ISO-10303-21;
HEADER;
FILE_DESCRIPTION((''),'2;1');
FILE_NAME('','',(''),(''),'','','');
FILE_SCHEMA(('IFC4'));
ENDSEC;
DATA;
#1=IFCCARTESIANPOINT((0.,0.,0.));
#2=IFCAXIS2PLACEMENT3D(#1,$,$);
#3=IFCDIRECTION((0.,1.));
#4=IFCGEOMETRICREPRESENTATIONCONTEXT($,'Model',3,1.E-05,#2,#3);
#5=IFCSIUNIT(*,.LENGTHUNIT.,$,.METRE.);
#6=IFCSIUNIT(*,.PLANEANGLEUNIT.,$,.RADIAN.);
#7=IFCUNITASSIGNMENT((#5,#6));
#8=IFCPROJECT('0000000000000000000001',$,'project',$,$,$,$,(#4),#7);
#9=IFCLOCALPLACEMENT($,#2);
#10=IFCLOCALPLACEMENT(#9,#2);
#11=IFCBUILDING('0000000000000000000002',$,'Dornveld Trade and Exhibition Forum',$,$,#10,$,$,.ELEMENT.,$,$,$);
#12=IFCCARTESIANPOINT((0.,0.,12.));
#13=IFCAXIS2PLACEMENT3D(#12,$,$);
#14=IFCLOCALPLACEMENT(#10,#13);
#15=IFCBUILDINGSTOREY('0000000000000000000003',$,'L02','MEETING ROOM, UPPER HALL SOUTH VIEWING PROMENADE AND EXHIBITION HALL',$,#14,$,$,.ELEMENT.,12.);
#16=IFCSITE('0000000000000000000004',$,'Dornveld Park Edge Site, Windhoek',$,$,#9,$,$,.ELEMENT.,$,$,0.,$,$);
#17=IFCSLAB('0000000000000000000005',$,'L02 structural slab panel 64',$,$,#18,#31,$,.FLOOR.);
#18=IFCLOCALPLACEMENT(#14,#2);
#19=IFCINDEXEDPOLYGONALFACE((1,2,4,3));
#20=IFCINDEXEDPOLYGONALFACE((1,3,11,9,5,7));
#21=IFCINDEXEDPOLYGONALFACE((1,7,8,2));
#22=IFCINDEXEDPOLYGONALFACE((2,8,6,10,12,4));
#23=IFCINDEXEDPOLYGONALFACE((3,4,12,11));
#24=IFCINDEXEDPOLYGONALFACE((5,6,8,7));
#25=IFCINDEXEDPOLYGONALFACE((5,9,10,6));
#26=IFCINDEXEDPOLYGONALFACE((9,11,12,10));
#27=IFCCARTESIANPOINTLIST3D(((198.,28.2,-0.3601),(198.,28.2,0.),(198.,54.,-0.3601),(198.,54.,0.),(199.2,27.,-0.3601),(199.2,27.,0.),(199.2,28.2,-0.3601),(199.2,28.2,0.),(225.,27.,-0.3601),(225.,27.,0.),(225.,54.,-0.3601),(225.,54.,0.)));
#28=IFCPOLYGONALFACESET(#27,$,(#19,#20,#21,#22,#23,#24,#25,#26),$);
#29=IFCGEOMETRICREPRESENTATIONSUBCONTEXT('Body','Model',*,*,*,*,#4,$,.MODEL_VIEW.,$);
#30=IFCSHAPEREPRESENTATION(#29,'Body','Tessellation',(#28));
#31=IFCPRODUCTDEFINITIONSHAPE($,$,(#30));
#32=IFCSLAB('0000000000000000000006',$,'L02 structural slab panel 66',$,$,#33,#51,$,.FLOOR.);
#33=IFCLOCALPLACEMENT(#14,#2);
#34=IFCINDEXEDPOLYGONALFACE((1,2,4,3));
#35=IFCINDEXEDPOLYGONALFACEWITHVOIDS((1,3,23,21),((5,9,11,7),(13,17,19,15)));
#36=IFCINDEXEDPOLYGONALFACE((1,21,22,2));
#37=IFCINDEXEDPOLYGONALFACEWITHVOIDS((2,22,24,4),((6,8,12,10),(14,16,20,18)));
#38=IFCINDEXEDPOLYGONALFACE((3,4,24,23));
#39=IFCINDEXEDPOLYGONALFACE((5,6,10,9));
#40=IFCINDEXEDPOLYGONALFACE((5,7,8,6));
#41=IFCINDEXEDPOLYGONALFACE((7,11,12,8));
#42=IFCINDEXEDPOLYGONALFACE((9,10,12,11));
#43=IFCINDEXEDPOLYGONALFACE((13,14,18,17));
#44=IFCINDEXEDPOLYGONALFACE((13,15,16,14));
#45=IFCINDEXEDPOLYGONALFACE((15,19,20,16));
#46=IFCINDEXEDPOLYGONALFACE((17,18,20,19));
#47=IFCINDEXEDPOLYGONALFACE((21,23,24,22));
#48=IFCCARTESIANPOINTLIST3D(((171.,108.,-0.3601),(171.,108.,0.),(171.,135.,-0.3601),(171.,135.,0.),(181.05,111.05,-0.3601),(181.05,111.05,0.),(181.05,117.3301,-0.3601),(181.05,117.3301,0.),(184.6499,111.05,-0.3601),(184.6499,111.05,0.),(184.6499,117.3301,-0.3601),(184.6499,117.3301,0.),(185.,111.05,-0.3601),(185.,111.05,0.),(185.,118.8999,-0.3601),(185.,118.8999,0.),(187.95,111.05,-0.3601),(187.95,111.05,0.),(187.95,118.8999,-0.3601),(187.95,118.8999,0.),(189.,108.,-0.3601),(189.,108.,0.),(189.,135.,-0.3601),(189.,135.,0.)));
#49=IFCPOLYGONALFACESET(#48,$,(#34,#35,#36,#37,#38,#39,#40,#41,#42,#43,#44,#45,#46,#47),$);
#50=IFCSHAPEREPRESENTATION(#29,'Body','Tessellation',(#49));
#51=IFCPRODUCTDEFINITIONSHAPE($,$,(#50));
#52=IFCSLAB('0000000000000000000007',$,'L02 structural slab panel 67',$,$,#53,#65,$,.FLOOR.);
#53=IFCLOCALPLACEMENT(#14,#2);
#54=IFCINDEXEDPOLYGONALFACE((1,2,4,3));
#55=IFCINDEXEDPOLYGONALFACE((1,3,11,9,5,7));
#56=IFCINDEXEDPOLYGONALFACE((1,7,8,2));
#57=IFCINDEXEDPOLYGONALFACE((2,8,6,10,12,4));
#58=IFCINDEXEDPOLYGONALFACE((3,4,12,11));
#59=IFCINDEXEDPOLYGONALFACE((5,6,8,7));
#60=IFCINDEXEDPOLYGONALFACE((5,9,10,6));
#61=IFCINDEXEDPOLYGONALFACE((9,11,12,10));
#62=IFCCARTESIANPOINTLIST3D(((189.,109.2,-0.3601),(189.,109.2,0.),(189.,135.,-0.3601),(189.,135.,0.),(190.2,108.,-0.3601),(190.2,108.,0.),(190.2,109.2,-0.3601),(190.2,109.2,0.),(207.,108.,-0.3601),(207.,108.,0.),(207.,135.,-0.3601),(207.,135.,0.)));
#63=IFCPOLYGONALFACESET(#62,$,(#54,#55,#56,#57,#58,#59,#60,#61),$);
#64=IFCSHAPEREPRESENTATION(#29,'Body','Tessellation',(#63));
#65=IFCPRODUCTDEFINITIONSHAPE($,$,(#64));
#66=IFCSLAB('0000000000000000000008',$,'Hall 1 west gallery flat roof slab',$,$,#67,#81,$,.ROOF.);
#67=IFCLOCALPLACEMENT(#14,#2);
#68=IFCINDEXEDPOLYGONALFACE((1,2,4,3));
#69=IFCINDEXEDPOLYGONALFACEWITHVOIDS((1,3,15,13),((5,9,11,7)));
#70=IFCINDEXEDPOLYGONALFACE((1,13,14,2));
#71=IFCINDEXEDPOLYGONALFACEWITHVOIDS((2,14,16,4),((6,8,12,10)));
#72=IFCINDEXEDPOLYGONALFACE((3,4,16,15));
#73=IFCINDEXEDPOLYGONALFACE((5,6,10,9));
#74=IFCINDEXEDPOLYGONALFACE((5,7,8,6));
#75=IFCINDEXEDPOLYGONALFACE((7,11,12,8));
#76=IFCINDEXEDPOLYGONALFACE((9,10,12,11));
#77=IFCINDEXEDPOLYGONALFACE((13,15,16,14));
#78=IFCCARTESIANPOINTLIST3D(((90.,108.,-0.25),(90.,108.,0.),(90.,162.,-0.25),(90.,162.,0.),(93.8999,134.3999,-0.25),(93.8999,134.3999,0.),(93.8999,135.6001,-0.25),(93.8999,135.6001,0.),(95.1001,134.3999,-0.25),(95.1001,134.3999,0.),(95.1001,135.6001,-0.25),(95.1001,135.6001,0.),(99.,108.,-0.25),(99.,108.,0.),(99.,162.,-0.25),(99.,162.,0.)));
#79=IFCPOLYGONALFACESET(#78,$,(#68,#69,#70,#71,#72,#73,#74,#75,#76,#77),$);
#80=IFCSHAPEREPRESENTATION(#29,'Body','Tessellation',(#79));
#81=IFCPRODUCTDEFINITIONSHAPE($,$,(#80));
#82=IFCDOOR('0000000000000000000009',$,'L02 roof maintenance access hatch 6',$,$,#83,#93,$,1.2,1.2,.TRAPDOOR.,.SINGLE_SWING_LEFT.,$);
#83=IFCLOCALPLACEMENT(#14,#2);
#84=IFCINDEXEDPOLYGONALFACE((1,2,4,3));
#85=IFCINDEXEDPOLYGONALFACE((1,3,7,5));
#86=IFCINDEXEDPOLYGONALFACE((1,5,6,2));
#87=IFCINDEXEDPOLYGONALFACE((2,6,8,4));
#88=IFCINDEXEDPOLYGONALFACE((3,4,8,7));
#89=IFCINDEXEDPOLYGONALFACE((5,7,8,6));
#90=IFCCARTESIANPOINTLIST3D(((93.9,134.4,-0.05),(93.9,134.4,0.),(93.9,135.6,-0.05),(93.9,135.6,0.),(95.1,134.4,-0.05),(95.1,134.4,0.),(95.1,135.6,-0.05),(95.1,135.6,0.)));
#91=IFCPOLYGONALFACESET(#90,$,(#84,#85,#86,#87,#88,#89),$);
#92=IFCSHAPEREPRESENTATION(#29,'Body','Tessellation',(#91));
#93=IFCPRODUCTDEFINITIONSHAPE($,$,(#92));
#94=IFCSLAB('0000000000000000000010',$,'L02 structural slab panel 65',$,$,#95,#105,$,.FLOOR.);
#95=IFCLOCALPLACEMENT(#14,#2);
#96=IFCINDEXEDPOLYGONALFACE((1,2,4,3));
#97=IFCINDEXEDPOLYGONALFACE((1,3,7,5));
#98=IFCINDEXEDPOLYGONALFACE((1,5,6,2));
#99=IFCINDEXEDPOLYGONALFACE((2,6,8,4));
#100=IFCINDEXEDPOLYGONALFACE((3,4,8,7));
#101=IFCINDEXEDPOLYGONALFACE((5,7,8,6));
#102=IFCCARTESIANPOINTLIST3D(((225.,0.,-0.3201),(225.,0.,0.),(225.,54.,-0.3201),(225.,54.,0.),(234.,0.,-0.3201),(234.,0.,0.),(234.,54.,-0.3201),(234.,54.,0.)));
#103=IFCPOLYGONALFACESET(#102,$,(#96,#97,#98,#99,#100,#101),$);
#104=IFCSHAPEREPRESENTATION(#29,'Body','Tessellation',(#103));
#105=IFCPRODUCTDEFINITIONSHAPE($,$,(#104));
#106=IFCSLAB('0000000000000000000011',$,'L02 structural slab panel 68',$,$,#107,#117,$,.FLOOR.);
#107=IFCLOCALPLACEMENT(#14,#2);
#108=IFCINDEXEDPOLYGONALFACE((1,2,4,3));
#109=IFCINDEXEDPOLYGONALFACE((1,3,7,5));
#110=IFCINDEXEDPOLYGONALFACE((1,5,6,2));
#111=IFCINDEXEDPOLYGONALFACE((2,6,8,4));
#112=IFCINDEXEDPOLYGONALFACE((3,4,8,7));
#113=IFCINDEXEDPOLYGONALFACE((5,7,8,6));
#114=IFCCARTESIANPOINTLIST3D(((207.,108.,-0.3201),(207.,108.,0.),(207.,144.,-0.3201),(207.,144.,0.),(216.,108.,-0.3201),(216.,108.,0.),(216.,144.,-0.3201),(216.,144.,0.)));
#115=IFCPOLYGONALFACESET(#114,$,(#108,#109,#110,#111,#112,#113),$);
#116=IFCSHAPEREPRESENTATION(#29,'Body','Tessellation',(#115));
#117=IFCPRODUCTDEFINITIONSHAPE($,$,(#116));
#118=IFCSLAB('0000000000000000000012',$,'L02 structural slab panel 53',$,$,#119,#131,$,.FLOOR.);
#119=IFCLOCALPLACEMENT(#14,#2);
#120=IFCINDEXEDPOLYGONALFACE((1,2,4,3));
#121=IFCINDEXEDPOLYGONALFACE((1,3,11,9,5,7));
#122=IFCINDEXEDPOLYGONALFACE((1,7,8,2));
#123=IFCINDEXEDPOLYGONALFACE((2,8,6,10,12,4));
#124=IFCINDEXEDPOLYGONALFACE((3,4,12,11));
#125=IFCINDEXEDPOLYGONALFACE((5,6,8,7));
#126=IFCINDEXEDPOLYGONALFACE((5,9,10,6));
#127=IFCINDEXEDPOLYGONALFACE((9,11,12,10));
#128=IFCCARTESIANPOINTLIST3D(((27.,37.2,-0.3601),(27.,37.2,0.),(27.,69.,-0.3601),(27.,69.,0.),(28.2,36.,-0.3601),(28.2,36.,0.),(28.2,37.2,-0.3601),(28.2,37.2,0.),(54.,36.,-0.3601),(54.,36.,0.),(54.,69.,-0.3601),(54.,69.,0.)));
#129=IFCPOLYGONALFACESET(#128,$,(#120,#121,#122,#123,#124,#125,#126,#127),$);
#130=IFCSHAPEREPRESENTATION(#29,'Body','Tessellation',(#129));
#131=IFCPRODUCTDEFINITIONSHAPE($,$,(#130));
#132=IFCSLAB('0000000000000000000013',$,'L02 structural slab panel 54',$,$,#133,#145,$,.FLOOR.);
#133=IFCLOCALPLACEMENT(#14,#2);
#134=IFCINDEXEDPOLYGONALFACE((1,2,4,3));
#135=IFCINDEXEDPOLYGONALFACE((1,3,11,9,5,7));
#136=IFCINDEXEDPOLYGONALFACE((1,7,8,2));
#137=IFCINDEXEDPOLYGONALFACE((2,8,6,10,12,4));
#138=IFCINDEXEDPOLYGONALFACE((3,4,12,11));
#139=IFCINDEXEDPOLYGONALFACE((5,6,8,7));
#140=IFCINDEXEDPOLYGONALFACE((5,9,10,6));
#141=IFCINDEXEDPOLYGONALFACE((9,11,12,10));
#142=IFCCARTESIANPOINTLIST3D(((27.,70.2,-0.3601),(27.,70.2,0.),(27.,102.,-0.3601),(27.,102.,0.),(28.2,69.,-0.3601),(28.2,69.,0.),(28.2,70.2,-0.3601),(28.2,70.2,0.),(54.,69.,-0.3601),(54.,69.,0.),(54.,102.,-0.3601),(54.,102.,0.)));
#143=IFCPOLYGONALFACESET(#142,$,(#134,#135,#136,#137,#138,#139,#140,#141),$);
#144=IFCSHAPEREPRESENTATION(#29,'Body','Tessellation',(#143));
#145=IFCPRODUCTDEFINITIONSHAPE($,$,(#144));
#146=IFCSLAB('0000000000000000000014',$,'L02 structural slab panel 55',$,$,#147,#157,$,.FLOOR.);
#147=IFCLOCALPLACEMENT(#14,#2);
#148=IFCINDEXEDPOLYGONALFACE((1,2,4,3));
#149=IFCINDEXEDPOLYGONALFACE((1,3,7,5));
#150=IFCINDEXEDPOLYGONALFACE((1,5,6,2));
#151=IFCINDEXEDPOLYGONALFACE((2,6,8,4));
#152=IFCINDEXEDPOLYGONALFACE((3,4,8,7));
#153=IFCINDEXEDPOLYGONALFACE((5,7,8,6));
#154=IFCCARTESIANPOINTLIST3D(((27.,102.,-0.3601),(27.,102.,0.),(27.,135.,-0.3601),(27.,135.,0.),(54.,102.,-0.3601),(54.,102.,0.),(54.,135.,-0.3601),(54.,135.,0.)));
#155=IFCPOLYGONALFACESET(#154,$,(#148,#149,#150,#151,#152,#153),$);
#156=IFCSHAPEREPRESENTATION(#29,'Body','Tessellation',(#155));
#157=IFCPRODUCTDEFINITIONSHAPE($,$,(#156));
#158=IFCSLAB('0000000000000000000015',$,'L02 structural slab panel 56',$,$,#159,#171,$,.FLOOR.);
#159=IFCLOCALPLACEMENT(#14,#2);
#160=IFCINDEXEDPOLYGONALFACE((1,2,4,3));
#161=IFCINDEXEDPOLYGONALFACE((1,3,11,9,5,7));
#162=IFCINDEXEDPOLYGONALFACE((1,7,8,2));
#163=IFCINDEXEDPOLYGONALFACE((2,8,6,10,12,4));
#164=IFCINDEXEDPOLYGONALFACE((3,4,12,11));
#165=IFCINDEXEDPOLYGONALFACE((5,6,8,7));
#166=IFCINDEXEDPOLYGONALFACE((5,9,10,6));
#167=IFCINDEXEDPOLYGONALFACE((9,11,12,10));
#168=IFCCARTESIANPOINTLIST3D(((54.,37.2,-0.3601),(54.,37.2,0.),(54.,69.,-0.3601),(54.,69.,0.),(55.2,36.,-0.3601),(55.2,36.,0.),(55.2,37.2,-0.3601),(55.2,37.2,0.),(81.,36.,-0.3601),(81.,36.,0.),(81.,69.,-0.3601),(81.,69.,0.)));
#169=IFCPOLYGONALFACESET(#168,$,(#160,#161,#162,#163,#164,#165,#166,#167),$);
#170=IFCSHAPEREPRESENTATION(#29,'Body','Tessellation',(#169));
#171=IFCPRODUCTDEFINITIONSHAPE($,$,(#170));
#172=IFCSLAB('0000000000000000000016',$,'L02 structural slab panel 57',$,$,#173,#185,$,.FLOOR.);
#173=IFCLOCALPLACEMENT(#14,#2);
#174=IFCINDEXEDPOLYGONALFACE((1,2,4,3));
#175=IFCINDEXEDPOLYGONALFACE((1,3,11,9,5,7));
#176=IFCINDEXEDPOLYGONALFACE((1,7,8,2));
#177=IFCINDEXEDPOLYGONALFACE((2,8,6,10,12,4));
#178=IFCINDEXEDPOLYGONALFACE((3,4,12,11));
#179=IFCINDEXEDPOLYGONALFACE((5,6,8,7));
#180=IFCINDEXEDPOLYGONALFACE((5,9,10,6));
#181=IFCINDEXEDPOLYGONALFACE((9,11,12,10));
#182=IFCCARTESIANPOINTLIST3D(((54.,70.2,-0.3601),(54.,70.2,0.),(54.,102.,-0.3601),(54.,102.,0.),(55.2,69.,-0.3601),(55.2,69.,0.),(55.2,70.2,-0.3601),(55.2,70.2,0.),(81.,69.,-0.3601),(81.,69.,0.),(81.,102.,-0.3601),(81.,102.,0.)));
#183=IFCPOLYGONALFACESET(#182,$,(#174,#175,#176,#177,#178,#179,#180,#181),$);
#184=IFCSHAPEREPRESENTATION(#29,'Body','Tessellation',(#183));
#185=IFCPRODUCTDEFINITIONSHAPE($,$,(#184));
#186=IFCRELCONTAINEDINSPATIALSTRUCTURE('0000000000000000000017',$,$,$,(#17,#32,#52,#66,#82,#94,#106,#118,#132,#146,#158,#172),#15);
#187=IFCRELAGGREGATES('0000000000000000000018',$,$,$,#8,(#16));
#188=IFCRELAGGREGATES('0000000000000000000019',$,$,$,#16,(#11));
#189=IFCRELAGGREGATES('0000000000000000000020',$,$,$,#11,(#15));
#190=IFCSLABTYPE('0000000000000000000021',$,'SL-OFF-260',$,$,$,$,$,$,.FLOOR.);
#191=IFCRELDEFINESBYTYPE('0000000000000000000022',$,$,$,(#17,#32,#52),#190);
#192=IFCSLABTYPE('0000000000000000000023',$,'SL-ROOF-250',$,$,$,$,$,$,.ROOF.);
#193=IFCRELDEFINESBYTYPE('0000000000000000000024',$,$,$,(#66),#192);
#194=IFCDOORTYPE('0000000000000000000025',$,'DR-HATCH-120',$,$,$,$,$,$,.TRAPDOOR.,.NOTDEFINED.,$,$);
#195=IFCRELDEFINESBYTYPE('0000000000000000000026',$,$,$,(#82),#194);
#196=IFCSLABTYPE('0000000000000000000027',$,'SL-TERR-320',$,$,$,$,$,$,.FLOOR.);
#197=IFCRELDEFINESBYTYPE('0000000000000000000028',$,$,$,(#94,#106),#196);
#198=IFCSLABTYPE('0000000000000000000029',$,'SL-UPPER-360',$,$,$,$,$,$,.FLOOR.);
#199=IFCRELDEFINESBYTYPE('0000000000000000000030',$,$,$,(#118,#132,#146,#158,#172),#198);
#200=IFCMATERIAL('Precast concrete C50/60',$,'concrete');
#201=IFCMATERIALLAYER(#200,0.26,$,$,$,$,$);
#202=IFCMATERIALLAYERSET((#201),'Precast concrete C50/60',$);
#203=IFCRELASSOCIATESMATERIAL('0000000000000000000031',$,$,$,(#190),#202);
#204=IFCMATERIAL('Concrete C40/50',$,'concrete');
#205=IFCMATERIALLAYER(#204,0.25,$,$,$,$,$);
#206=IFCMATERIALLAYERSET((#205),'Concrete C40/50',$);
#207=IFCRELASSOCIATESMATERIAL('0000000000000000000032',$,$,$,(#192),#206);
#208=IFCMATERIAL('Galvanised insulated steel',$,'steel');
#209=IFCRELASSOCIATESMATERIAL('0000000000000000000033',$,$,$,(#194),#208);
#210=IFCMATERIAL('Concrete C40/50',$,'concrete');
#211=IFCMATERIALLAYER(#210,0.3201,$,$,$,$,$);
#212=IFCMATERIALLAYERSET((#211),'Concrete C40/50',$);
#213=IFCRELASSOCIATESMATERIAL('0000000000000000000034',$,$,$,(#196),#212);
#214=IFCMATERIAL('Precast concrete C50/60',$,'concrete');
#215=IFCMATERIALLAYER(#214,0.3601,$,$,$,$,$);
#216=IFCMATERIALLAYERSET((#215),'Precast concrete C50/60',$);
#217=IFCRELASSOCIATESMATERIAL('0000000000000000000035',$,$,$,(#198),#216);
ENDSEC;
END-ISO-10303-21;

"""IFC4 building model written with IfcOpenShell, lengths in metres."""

from ifc_helpers import new_model, si_unit, direction, frame, origin, origin_2d, place, context, subcontext, project, spatial, polyline, rectangle, outline, extrude, material, layer, layer_set, type_object, element, fill, save


model = new_model("IFC4")

# Units and contexts
model_context = context("Model", 3, precision=1e-05, world=origin(), true_north=direction((0.0, 1.0)))
body_context = subcontext(model_context, "Body", "Model", "MODEL_VIEW")
ifc_project = project(units=[si_unit("LENGTHUNIT", "METRE"), si_unit("PLANEANGLEUNIT", "RADIAN")], contexts=[model_context])

# Site, building, storey
site_placement = place(None, origin())
site = spatial("IfcSite", under=ifc_project, at=site_placement, Name="Dornveld Park Edge Site, Windhoek", CompositionType="ELEMENT", RefElevation=0.0)
building_placement = place(site_placement, origin())
building = spatial("IfcBuilding", under=site, at=building_placement, Name="Dornveld Trade and Exhibition Forum", CompositionType="ELEMENT")
storey_placement = place(building_placement, frame((0.0, 0.0, 12.0)))
storey = spatial("IfcBuildingStorey", under=building, at=storey_placement, Name="L02", Description="MEETING ROOM, UPPER HALL SOUTH VIEWING PROMENADE AND EXHIBITION HALL", CompositionType="ELEMENT", Elevation=12.0)

# Slabs
ifc_material_1 = material(Name="Precast concrete C50/60", Category="concrete")
ifc_layer_1 = layer(ifc_material_1, 0.26)
ifc_layer_set_1 = layer_set([ifc_layer_1], Name="Precast concrete C50/60")
slab_type_1 = type_object("IfcSlabType", Name="SL-OFF-260", PredefinedType="FLOOR", material=ifc_layer_set_1)
slab_1_placement = place(storey_placement, frame((0.0, 0.0, -0.3601)))
element("IfcSlab", 1, at=slab_1_placement, inside=storey, type_object=slab_type_1, Name="L02 structural slab panel 64", PredefinedType="FLOOR", context=body_context, shape_type="SweptSolid", body=[
    extrude(outline(polyline([(199.2, 27.0), (225.0, 27.0), (225.0, 54.0), (198.0, 54.0), (198.0, 28.2), (199.2, 28.2), (199.2, 27.0)])), origin(), (0.0, 0.0, 1.0), 0.3601),
])
slab_2_placement = place(storey_placement, frame((0.0, 0.0, -0.3601)))
element("IfcSlab", 2, at=slab_2_placement, inside=storey, type_object=slab_type_1, Name="L02 structural slab panel 66", PredefinedType="FLOOR", context=body_context, shape_type="SweptSolid", body=[
    extrude(outline(polyline([(171.0, 108.0), (189.0, 108.0), (189.0, 135.0), (171.0, 135.0), (171.0, 108.0)]), holes=[polyline([(181.05, 111.05), (184.6499, 111.05), (184.6499, 117.3301), (181.05, 117.3301), (181.05, 111.05)]), polyline([(185.0, 111.05), (187.95, 111.05), (187.95, 118.8999), (185.0, 118.8999), (185.0, 111.05)])]), origin(), (0.0, 0.0, 1.0), 0.3601),
])
slab_3_placement = place(storey_placement, frame((0.0, 0.0, -0.3601)))
element("IfcSlab", 3, at=slab_3_placement, inside=storey, type_object=slab_type_1, Name="L02 structural slab panel 67", PredefinedType="FLOOR", context=body_context, shape_type="SweptSolid", body=[
    extrude(outline(polyline([(190.2, 108.0), (207.0, 108.0), (207.0, 135.0), (189.0, 135.0), (189.0, 109.2), (190.2, 109.2), (190.2, 108.0)])), origin(), (0.0, 0.0, 1.0), 0.3601),
])

# Slab, opening, door
ifc_material_2 = material(Name="Concrete C40/50", Category="concrete")
ifc_layer_2 = layer(ifc_material_2, 0.25)
ifc_layer_set_2 = layer_set([ifc_layer_2], Name="Concrete C40/50")
slab_type_2 = type_object("IfcSlabType", Name="SL-ROOF-250", PredefinedType="ROOF", material=ifc_layer_set_2)
slab_4_placement = place(storey_placement, frame((0.0, 0.0, -0.25)))
slab_4 = element("IfcSlab", 4, at=slab_4_placement, inside=storey, type_object=slab_type_2, Name="Hall 1 west gallery flat roof slab", PredefinedType="ROOF", context=body_context, shape_type="SweptSolid", body=[
    extrude(outline(polyline([(90.0, 108.0), (99.0, 108.0), (99.0, 162.0), (90.0, 162.0), (90.0, 108.0)]), holes=[polyline([(93.8999, 134.3999), (95.1001, 134.3999), (95.1001, 135.6001), (93.8999, 135.6001), (93.8999, 134.3999)])]), origin(), (0.0, 0.0, 1.0), 0.25),
])
opening_placement = place(slab_4_placement, frame((94.5, 135.0, 0.0)))
opening = element("IfcOpeningElement", 5, at=opening_placement, cuts=slab_4, PredefinedType="OPENING", context=body_context, shape_type="SweptSolid", body=[
    extrude(rectangle(XDim=1.2, YDim=1.2, at=origin_2d()), origin(), (0.0, 0.0, 1.0), 0.25),
])
ifc_material_3 = material(Name="Galvanised insulated steel", Category="steel")
door_type = type_object("IfcDoorType", Name="DR-HATCH-120", OperationType="NOTDEFINED", PredefinedType="TRAPDOOR", material=ifc_material_3)
door_placement = place(opening_placement, frame((0.0, 0.0, 0.2)))
door = element("IfcDoor", 6, at=door_placement, inside=storey, type_object=door_type, Name="L02 roof maintenance access hatch 6", OperationType="SINGLE_SWING_LEFT", OverallHeight=1.2, OverallWidth=1.2, PredefinedType="TRAPDOOR", context=body_context, shape_type="SweptSolid", body=[
    extrude(rectangle(XDim=1.2, YDim=1.2, at=origin_2d()), origin(), (0.0, 0.0, 1.0), 0.05),
])
fill(opening, door)

# Slabs
ifc_material_4 = material(Name="Concrete C40/50", Category="concrete")
ifc_layer_3 = layer(ifc_material_4, 0.3201)
ifc_layer_set_3 = layer_set([ifc_layer_3], Name="Concrete C40/50")
slab_type_3 = type_object("IfcSlabType", Name="SL-TERR-320", PredefinedType="FLOOR", material=ifc_layer_set_3)
slab_5_placement = place(storey_placement, frame((0.0, 0.0, -0.3201)))
element("IfcSlab", 7, at=slab_5_placement, inside=storey, type_object=slab_type_3, Name="L02 structural slab panel 65", PredefinedType="FLOOR", context=body_context, shape_type="SweptSolid", body=[
    extrude(outline(polyline([(225.0, 0.0), (234.0, 0.0), (234.0, 54.0), (225.0, 54.0), (225.0, 0.0)])), origin(), (0.0, 0.0, 1.0), 0.3201),
])
slab_6_placement = place(storey_placement, frame((0.0, 0.0, -0.3201)))
element("IfcSlab", 8, at=slab_6_placement, inside=storey, type_object=slab_type_3, Name="L02 structural slab panel 68", PredefinedType="FLOOR", context=body_context, shape_type="SweptSolid", body=[
    extrude(outline(polyline([(207.0, 108.0), (216.0, 108.0), (216.0, 144.0), (207.0, 144.0), (207.0, 108.0)])), origin(), (0.0, 0.0, 1.0), 0.3201),
])
ifc_material_5 = material(Name="Precast concrete C50/60", Category="concrete")
ifc_layer_4 = layer(ifc_material_5, 0.3601)
ifc_layer_set_4 = layer_set([ifc_layer_4], Name="Precast concrete C50/60")
slab_type_4 = type_object("IfcSlabType", Name="SL-UPPER-360", PredefinedType="FLOOR", material=ifc_layer_set_4)
slab_7_placement = place(storey_placement, frame((0.0, 0.0, -0.3601)))
element("IfcSlab", 9, at=slab_7_placement, inside=storey, type_object=slab_type_4, Name="L02 structural slab panel 53", PredefinedType="FLOOR", context=body_context, shape_type="SweptSolid", body=[
    extrude(outline(polyline([(28.2, 36.0), (54.0, 36.0), (54.0, 69.0), (27.0, 69.0), (27.0, 37.2), (28.2, 37.2), (28.2, 36.0)])), origin(), (0.0, 0.0, 1.0), 0.3601),
])
slab_8_placement = place(storey_placement, frame((0.0, 0.0, -0.3601)))
element("IfcSlab", 10, at=slab_8_placement, inside=storey, type_object=slab_type_4, Name="L02 structural slab panel 54", PredefinedType="FLOOR", context=body_context, shape_type="SweptSolid", body=[
    extrude(outline(polyline([(28.2, 69.0), (54.0, 69.0), (54.0, 102.0), (27.0, 102.0), (27.0, 70.2), (28.2, 70.2), (28.2, 69.0)])), origin(), (0.0, 0.0, 1.0), 0.3601),
])
slab_9_placement = place(storey_placement, frame((0.0, 0.0, -0.3601)))
element("IfcSlab", 11, at=slab_9_placement, inside=storey, type_object=slab_type_4, Name="L02 structural slab panel 55", PredefinedType="FLOOR", context=body_context, shape_type="SweptSolid", body=[
    extrude(outline(polyline([(27.0, 102.0), (54.0, 102.0), (54.0, 135.0), (27.0, 135.0), (27.0, 102.0)])), origin(), (0.0, 0.0, 1.0), 0.3601),
])
slab_10_placement = place(storey_placement, frame((0.0, 0.0, -0.3601)))
element("IfcSlab", 12, at=slab_10_placement, inside=storey, type_object=slab_type_4, Name="L02 structural slab panel 56", PredefinedType="FLOOR", context=body_context, shape_type="SweptSolid", body=[
    extrude(outline(polyline([(55.2, 36.0), (81.0, 36.0), (81.0, 69.0), (54.0, 69.0), (54.0, 37.2), (55.2, 37.2), (55.2, 36.0)])), origin(), (0.0, 0.0, 1.0), 0.3601),
])
slab_11_placement = place(storey_placement, frame((0.0, 0.0, -0.3601)))
element("IfcSlab", 13, at=slab_11_placement, inside=storey, type_object=slab_type_4, Name="L02 structural slab panel 57", PredefinedType="FLOOR", context=body_context, shape_type="SweptSolid", body=[
    extrude(outline(polyline([(55.2, 69.0), (81.0, 69.0), (81.0, 102.0), (54.0, 102.0), (54.0, 70.2), (55.2, 70.2), (55.2, 69.0)])), origin(), (0.0, 0.0, 1.0), 0.3601),
])

save(model, "model.ifc")
